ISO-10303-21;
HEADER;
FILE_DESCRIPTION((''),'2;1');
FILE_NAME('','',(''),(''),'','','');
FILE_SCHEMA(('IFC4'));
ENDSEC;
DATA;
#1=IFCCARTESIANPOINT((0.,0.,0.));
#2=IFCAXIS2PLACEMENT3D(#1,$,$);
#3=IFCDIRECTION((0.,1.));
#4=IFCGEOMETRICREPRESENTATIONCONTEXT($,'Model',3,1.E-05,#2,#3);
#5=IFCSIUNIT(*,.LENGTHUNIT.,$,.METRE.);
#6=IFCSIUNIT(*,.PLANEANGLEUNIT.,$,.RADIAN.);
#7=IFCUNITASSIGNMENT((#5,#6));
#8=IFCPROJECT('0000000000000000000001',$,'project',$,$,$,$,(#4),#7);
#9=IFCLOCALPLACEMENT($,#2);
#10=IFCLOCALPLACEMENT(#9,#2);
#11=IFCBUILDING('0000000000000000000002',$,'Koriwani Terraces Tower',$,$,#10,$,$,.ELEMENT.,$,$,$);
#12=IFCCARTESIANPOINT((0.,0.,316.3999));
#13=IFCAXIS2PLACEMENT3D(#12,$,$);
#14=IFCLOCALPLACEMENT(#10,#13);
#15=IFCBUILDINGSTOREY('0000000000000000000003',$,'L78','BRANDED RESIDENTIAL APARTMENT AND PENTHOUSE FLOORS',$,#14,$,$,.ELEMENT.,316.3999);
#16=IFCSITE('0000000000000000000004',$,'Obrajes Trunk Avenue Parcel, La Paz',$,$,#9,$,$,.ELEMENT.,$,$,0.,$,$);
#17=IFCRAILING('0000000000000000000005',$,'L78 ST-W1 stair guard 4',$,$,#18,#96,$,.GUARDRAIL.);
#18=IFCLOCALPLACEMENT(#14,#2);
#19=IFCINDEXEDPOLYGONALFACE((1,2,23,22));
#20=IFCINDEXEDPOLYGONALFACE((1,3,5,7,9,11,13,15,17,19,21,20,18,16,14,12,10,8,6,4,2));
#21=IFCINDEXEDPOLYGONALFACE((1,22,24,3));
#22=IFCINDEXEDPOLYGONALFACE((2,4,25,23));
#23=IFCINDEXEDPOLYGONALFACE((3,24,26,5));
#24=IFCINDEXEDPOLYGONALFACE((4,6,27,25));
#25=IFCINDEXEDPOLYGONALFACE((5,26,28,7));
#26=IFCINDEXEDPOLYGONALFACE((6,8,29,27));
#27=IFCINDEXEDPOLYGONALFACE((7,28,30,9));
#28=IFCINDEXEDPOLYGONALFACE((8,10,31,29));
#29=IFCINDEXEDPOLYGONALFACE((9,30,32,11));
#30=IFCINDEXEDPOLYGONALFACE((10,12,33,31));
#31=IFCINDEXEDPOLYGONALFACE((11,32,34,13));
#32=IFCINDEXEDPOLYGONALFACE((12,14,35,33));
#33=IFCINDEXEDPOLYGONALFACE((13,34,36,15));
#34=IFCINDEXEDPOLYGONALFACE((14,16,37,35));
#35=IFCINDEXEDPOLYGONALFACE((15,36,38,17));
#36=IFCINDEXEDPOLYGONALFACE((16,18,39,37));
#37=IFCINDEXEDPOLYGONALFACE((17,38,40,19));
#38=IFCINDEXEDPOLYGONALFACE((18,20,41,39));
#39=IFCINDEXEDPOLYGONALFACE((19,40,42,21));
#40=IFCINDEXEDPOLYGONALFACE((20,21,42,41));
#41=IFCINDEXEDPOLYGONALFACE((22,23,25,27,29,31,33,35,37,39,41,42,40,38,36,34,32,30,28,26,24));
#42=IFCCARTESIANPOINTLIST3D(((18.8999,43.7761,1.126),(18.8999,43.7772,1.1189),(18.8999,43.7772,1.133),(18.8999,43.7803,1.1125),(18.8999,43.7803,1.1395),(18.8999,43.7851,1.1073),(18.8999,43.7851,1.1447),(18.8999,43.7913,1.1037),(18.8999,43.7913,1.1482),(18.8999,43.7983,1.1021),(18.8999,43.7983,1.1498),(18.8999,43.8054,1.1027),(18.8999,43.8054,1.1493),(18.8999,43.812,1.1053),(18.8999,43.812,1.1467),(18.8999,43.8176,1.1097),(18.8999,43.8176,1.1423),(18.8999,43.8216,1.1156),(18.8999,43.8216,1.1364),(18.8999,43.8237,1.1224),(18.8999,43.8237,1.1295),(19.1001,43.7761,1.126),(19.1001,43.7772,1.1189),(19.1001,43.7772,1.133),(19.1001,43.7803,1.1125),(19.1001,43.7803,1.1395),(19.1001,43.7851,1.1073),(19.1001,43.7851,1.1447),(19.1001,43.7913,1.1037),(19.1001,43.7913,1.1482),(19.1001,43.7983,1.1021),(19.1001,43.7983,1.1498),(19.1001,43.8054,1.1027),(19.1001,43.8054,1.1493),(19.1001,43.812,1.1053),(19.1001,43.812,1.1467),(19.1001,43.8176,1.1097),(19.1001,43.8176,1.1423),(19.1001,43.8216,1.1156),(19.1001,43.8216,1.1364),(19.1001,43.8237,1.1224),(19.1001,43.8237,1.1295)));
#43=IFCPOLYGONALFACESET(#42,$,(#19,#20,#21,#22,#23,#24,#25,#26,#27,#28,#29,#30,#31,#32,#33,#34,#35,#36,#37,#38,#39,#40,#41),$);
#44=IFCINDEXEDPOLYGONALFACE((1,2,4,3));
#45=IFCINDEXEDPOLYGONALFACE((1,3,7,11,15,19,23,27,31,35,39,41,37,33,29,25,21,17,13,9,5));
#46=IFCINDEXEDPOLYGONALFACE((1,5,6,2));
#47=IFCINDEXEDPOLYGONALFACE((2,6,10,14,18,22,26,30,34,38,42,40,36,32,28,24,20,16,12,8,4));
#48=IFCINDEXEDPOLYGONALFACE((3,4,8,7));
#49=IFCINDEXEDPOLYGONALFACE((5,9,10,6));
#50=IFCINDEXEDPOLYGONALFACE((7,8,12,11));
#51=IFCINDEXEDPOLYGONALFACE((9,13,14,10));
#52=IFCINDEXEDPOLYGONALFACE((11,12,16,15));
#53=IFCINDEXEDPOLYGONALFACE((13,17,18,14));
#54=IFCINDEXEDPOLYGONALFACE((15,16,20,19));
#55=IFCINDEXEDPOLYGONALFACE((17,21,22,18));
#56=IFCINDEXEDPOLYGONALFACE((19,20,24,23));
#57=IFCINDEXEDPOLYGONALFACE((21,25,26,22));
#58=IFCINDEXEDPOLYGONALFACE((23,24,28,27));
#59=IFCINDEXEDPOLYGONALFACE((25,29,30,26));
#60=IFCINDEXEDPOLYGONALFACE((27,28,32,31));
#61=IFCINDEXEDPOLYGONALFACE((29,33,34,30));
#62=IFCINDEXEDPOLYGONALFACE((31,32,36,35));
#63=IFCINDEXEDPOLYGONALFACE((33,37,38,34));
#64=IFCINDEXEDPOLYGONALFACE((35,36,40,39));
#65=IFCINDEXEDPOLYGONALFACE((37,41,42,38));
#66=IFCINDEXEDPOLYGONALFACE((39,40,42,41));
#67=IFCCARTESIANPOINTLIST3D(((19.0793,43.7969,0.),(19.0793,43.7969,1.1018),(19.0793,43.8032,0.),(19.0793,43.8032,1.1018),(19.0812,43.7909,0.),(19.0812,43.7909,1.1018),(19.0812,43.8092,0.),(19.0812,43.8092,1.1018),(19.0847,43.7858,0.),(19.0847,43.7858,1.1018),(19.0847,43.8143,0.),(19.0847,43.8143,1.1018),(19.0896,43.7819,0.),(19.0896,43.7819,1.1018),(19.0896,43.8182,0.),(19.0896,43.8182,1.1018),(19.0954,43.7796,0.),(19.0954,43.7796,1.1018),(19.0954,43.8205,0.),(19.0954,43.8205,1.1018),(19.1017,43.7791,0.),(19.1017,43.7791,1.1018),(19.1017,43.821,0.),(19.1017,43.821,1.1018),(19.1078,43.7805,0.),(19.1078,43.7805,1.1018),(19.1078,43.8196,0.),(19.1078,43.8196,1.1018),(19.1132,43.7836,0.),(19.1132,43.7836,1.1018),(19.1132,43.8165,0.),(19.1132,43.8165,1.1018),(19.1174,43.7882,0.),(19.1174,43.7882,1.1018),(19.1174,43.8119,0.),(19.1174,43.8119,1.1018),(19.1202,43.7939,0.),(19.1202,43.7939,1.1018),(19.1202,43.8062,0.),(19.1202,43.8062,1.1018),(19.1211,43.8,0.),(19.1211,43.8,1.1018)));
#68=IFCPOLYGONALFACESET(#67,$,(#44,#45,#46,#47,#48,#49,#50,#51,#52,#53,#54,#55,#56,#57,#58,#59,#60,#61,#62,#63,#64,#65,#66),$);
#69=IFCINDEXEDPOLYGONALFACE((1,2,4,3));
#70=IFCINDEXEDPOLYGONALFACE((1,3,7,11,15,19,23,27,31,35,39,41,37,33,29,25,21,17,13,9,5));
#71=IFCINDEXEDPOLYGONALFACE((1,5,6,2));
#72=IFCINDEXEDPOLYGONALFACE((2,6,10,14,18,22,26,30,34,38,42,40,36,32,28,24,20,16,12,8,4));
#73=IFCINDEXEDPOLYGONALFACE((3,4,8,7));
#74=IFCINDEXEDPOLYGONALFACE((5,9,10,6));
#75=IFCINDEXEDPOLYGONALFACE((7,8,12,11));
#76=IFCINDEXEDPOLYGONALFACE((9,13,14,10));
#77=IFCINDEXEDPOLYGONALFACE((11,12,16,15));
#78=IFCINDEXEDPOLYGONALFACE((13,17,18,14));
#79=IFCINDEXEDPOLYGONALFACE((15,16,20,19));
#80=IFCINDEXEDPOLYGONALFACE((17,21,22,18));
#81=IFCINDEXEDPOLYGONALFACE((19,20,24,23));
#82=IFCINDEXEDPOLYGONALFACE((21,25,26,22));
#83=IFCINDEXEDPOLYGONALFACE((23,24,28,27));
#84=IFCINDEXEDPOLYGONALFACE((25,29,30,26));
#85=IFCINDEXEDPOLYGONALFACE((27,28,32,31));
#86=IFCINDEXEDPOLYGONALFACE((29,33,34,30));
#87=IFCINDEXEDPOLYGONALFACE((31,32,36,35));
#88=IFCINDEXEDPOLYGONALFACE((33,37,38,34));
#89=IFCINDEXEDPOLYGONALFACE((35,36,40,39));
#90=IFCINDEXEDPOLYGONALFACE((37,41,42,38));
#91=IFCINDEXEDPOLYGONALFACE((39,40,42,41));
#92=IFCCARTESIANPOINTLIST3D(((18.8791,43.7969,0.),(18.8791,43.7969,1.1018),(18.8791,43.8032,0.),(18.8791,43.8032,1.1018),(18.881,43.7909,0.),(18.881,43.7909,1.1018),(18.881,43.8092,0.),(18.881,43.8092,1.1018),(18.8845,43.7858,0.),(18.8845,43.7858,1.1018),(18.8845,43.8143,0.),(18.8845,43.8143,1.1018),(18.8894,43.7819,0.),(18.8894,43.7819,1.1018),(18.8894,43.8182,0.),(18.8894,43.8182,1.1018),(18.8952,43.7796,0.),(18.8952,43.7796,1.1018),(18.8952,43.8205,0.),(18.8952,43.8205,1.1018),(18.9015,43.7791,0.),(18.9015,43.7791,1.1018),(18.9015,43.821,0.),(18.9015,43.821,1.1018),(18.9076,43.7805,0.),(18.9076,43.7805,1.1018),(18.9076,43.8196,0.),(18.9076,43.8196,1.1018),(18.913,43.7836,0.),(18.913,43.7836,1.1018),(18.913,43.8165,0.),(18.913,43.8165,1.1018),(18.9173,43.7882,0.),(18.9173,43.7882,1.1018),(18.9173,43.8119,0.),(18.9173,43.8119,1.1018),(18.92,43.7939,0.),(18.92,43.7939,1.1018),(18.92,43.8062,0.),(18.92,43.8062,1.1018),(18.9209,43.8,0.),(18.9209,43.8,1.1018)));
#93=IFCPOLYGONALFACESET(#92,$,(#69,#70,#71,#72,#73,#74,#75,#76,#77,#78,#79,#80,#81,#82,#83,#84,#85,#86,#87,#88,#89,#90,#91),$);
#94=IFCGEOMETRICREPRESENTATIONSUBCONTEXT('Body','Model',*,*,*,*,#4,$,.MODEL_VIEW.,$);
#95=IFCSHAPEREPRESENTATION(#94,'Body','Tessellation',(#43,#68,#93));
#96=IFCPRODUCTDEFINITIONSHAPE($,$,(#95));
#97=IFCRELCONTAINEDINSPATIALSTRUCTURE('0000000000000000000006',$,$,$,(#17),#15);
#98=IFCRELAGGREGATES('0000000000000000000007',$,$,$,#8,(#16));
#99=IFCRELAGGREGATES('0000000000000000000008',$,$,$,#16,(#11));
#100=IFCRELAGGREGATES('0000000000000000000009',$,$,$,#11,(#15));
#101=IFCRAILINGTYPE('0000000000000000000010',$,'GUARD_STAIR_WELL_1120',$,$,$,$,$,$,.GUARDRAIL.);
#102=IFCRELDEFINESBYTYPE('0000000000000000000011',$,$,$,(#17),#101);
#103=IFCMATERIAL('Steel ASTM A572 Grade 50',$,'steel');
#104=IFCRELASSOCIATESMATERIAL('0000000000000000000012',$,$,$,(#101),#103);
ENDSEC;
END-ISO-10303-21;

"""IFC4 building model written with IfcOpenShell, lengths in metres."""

from ifc_helpers import new_model, si_unit, direction, frame, origin, origin_2d, place, context, subcontext, project, spatial, circle, extrude, material, type_object, element, save


model = new_model("IFC4")

# Units and contexts
model_context = context("Model", 3, precision=1e-05, world=origin(), true_north=direction((0.0, 1.0)))
body_context = subcontext(model_context, "Body", "Model", "MODEL_VIEW")
ifc_project = project(units=[si_unit("LENGTHUNIT", "METRE"), si_unit("PLANEANGLEUNIT", "RADIAN")], contexts=[model_context])

# Site, building, storey
site_placement = place(None, origin())
site = spatial("IfcSite", under=ifc_project, at=site_placement, Name="Obrajes Trunk Avenue Parcel, La Paz", CompositionType="ELEMENT", RefElevation=0.0)
building_placement = place(site_placement, origin())
building = spatial("IfcBuilding", under=site, at=building_placement, Name="Koriwani Terraces Tower", CompositionType="ELEMENT")
storey_placement = place(building_placement, frame((0.0, 0.0, 316.3999)))
storey = spatial("IfcBuildingStorey", under=building, at=storey_placement, Name="L78", Description="BRANDED RESIDENTIAL APARTMENT AND PENTHOUSE FLOORS", CompositionType="ELEMENT", Elevation=316.3999)

# Shared definitions
ifc_material_1 = material(Name="Steel ASTM A572 Grade 50", Category="steel")

# Railing
railing_type_1 = type_object("IfcRailingType", Name="GUARD_STAIR_WELL_1120", PredefinedType="GUARDRAIL", material=ifc_material_1)
railing_1_placement = place(storey_placement, frame((19.1001, 43.8, 0.0)))
element("IfcRailing", 1, at=railing_1_placement, inside=storey, type_object=railing_type_1, Name="L78 ST-W1 stair guard 4", PredefinedType="GUARDRAIL", context=body_context, shape_type="SweptSolid", body=[
    extrude(circle(Radius=0.0239, at=origin_2d()), frame((0.0, 0.0, 1.126), z_axis=(-1.0, 0.0, 0.0), x_axis=(0.0, -1.0, 0.0)), (0.0, 0.0, 1.0), 0.2002),
    extrude(circle(Radius=0.021, at=origin_2d()), origin(), (0.0, 0.0, 1.0), 1.1018),
    extrude(circle(Radius=0.021, at=origin_2d()), frame((-0.2002, 0.0, 0.0)), (0.0, 0.0, 1.0), 1.1018),
])

save(model, "model.ifc")
